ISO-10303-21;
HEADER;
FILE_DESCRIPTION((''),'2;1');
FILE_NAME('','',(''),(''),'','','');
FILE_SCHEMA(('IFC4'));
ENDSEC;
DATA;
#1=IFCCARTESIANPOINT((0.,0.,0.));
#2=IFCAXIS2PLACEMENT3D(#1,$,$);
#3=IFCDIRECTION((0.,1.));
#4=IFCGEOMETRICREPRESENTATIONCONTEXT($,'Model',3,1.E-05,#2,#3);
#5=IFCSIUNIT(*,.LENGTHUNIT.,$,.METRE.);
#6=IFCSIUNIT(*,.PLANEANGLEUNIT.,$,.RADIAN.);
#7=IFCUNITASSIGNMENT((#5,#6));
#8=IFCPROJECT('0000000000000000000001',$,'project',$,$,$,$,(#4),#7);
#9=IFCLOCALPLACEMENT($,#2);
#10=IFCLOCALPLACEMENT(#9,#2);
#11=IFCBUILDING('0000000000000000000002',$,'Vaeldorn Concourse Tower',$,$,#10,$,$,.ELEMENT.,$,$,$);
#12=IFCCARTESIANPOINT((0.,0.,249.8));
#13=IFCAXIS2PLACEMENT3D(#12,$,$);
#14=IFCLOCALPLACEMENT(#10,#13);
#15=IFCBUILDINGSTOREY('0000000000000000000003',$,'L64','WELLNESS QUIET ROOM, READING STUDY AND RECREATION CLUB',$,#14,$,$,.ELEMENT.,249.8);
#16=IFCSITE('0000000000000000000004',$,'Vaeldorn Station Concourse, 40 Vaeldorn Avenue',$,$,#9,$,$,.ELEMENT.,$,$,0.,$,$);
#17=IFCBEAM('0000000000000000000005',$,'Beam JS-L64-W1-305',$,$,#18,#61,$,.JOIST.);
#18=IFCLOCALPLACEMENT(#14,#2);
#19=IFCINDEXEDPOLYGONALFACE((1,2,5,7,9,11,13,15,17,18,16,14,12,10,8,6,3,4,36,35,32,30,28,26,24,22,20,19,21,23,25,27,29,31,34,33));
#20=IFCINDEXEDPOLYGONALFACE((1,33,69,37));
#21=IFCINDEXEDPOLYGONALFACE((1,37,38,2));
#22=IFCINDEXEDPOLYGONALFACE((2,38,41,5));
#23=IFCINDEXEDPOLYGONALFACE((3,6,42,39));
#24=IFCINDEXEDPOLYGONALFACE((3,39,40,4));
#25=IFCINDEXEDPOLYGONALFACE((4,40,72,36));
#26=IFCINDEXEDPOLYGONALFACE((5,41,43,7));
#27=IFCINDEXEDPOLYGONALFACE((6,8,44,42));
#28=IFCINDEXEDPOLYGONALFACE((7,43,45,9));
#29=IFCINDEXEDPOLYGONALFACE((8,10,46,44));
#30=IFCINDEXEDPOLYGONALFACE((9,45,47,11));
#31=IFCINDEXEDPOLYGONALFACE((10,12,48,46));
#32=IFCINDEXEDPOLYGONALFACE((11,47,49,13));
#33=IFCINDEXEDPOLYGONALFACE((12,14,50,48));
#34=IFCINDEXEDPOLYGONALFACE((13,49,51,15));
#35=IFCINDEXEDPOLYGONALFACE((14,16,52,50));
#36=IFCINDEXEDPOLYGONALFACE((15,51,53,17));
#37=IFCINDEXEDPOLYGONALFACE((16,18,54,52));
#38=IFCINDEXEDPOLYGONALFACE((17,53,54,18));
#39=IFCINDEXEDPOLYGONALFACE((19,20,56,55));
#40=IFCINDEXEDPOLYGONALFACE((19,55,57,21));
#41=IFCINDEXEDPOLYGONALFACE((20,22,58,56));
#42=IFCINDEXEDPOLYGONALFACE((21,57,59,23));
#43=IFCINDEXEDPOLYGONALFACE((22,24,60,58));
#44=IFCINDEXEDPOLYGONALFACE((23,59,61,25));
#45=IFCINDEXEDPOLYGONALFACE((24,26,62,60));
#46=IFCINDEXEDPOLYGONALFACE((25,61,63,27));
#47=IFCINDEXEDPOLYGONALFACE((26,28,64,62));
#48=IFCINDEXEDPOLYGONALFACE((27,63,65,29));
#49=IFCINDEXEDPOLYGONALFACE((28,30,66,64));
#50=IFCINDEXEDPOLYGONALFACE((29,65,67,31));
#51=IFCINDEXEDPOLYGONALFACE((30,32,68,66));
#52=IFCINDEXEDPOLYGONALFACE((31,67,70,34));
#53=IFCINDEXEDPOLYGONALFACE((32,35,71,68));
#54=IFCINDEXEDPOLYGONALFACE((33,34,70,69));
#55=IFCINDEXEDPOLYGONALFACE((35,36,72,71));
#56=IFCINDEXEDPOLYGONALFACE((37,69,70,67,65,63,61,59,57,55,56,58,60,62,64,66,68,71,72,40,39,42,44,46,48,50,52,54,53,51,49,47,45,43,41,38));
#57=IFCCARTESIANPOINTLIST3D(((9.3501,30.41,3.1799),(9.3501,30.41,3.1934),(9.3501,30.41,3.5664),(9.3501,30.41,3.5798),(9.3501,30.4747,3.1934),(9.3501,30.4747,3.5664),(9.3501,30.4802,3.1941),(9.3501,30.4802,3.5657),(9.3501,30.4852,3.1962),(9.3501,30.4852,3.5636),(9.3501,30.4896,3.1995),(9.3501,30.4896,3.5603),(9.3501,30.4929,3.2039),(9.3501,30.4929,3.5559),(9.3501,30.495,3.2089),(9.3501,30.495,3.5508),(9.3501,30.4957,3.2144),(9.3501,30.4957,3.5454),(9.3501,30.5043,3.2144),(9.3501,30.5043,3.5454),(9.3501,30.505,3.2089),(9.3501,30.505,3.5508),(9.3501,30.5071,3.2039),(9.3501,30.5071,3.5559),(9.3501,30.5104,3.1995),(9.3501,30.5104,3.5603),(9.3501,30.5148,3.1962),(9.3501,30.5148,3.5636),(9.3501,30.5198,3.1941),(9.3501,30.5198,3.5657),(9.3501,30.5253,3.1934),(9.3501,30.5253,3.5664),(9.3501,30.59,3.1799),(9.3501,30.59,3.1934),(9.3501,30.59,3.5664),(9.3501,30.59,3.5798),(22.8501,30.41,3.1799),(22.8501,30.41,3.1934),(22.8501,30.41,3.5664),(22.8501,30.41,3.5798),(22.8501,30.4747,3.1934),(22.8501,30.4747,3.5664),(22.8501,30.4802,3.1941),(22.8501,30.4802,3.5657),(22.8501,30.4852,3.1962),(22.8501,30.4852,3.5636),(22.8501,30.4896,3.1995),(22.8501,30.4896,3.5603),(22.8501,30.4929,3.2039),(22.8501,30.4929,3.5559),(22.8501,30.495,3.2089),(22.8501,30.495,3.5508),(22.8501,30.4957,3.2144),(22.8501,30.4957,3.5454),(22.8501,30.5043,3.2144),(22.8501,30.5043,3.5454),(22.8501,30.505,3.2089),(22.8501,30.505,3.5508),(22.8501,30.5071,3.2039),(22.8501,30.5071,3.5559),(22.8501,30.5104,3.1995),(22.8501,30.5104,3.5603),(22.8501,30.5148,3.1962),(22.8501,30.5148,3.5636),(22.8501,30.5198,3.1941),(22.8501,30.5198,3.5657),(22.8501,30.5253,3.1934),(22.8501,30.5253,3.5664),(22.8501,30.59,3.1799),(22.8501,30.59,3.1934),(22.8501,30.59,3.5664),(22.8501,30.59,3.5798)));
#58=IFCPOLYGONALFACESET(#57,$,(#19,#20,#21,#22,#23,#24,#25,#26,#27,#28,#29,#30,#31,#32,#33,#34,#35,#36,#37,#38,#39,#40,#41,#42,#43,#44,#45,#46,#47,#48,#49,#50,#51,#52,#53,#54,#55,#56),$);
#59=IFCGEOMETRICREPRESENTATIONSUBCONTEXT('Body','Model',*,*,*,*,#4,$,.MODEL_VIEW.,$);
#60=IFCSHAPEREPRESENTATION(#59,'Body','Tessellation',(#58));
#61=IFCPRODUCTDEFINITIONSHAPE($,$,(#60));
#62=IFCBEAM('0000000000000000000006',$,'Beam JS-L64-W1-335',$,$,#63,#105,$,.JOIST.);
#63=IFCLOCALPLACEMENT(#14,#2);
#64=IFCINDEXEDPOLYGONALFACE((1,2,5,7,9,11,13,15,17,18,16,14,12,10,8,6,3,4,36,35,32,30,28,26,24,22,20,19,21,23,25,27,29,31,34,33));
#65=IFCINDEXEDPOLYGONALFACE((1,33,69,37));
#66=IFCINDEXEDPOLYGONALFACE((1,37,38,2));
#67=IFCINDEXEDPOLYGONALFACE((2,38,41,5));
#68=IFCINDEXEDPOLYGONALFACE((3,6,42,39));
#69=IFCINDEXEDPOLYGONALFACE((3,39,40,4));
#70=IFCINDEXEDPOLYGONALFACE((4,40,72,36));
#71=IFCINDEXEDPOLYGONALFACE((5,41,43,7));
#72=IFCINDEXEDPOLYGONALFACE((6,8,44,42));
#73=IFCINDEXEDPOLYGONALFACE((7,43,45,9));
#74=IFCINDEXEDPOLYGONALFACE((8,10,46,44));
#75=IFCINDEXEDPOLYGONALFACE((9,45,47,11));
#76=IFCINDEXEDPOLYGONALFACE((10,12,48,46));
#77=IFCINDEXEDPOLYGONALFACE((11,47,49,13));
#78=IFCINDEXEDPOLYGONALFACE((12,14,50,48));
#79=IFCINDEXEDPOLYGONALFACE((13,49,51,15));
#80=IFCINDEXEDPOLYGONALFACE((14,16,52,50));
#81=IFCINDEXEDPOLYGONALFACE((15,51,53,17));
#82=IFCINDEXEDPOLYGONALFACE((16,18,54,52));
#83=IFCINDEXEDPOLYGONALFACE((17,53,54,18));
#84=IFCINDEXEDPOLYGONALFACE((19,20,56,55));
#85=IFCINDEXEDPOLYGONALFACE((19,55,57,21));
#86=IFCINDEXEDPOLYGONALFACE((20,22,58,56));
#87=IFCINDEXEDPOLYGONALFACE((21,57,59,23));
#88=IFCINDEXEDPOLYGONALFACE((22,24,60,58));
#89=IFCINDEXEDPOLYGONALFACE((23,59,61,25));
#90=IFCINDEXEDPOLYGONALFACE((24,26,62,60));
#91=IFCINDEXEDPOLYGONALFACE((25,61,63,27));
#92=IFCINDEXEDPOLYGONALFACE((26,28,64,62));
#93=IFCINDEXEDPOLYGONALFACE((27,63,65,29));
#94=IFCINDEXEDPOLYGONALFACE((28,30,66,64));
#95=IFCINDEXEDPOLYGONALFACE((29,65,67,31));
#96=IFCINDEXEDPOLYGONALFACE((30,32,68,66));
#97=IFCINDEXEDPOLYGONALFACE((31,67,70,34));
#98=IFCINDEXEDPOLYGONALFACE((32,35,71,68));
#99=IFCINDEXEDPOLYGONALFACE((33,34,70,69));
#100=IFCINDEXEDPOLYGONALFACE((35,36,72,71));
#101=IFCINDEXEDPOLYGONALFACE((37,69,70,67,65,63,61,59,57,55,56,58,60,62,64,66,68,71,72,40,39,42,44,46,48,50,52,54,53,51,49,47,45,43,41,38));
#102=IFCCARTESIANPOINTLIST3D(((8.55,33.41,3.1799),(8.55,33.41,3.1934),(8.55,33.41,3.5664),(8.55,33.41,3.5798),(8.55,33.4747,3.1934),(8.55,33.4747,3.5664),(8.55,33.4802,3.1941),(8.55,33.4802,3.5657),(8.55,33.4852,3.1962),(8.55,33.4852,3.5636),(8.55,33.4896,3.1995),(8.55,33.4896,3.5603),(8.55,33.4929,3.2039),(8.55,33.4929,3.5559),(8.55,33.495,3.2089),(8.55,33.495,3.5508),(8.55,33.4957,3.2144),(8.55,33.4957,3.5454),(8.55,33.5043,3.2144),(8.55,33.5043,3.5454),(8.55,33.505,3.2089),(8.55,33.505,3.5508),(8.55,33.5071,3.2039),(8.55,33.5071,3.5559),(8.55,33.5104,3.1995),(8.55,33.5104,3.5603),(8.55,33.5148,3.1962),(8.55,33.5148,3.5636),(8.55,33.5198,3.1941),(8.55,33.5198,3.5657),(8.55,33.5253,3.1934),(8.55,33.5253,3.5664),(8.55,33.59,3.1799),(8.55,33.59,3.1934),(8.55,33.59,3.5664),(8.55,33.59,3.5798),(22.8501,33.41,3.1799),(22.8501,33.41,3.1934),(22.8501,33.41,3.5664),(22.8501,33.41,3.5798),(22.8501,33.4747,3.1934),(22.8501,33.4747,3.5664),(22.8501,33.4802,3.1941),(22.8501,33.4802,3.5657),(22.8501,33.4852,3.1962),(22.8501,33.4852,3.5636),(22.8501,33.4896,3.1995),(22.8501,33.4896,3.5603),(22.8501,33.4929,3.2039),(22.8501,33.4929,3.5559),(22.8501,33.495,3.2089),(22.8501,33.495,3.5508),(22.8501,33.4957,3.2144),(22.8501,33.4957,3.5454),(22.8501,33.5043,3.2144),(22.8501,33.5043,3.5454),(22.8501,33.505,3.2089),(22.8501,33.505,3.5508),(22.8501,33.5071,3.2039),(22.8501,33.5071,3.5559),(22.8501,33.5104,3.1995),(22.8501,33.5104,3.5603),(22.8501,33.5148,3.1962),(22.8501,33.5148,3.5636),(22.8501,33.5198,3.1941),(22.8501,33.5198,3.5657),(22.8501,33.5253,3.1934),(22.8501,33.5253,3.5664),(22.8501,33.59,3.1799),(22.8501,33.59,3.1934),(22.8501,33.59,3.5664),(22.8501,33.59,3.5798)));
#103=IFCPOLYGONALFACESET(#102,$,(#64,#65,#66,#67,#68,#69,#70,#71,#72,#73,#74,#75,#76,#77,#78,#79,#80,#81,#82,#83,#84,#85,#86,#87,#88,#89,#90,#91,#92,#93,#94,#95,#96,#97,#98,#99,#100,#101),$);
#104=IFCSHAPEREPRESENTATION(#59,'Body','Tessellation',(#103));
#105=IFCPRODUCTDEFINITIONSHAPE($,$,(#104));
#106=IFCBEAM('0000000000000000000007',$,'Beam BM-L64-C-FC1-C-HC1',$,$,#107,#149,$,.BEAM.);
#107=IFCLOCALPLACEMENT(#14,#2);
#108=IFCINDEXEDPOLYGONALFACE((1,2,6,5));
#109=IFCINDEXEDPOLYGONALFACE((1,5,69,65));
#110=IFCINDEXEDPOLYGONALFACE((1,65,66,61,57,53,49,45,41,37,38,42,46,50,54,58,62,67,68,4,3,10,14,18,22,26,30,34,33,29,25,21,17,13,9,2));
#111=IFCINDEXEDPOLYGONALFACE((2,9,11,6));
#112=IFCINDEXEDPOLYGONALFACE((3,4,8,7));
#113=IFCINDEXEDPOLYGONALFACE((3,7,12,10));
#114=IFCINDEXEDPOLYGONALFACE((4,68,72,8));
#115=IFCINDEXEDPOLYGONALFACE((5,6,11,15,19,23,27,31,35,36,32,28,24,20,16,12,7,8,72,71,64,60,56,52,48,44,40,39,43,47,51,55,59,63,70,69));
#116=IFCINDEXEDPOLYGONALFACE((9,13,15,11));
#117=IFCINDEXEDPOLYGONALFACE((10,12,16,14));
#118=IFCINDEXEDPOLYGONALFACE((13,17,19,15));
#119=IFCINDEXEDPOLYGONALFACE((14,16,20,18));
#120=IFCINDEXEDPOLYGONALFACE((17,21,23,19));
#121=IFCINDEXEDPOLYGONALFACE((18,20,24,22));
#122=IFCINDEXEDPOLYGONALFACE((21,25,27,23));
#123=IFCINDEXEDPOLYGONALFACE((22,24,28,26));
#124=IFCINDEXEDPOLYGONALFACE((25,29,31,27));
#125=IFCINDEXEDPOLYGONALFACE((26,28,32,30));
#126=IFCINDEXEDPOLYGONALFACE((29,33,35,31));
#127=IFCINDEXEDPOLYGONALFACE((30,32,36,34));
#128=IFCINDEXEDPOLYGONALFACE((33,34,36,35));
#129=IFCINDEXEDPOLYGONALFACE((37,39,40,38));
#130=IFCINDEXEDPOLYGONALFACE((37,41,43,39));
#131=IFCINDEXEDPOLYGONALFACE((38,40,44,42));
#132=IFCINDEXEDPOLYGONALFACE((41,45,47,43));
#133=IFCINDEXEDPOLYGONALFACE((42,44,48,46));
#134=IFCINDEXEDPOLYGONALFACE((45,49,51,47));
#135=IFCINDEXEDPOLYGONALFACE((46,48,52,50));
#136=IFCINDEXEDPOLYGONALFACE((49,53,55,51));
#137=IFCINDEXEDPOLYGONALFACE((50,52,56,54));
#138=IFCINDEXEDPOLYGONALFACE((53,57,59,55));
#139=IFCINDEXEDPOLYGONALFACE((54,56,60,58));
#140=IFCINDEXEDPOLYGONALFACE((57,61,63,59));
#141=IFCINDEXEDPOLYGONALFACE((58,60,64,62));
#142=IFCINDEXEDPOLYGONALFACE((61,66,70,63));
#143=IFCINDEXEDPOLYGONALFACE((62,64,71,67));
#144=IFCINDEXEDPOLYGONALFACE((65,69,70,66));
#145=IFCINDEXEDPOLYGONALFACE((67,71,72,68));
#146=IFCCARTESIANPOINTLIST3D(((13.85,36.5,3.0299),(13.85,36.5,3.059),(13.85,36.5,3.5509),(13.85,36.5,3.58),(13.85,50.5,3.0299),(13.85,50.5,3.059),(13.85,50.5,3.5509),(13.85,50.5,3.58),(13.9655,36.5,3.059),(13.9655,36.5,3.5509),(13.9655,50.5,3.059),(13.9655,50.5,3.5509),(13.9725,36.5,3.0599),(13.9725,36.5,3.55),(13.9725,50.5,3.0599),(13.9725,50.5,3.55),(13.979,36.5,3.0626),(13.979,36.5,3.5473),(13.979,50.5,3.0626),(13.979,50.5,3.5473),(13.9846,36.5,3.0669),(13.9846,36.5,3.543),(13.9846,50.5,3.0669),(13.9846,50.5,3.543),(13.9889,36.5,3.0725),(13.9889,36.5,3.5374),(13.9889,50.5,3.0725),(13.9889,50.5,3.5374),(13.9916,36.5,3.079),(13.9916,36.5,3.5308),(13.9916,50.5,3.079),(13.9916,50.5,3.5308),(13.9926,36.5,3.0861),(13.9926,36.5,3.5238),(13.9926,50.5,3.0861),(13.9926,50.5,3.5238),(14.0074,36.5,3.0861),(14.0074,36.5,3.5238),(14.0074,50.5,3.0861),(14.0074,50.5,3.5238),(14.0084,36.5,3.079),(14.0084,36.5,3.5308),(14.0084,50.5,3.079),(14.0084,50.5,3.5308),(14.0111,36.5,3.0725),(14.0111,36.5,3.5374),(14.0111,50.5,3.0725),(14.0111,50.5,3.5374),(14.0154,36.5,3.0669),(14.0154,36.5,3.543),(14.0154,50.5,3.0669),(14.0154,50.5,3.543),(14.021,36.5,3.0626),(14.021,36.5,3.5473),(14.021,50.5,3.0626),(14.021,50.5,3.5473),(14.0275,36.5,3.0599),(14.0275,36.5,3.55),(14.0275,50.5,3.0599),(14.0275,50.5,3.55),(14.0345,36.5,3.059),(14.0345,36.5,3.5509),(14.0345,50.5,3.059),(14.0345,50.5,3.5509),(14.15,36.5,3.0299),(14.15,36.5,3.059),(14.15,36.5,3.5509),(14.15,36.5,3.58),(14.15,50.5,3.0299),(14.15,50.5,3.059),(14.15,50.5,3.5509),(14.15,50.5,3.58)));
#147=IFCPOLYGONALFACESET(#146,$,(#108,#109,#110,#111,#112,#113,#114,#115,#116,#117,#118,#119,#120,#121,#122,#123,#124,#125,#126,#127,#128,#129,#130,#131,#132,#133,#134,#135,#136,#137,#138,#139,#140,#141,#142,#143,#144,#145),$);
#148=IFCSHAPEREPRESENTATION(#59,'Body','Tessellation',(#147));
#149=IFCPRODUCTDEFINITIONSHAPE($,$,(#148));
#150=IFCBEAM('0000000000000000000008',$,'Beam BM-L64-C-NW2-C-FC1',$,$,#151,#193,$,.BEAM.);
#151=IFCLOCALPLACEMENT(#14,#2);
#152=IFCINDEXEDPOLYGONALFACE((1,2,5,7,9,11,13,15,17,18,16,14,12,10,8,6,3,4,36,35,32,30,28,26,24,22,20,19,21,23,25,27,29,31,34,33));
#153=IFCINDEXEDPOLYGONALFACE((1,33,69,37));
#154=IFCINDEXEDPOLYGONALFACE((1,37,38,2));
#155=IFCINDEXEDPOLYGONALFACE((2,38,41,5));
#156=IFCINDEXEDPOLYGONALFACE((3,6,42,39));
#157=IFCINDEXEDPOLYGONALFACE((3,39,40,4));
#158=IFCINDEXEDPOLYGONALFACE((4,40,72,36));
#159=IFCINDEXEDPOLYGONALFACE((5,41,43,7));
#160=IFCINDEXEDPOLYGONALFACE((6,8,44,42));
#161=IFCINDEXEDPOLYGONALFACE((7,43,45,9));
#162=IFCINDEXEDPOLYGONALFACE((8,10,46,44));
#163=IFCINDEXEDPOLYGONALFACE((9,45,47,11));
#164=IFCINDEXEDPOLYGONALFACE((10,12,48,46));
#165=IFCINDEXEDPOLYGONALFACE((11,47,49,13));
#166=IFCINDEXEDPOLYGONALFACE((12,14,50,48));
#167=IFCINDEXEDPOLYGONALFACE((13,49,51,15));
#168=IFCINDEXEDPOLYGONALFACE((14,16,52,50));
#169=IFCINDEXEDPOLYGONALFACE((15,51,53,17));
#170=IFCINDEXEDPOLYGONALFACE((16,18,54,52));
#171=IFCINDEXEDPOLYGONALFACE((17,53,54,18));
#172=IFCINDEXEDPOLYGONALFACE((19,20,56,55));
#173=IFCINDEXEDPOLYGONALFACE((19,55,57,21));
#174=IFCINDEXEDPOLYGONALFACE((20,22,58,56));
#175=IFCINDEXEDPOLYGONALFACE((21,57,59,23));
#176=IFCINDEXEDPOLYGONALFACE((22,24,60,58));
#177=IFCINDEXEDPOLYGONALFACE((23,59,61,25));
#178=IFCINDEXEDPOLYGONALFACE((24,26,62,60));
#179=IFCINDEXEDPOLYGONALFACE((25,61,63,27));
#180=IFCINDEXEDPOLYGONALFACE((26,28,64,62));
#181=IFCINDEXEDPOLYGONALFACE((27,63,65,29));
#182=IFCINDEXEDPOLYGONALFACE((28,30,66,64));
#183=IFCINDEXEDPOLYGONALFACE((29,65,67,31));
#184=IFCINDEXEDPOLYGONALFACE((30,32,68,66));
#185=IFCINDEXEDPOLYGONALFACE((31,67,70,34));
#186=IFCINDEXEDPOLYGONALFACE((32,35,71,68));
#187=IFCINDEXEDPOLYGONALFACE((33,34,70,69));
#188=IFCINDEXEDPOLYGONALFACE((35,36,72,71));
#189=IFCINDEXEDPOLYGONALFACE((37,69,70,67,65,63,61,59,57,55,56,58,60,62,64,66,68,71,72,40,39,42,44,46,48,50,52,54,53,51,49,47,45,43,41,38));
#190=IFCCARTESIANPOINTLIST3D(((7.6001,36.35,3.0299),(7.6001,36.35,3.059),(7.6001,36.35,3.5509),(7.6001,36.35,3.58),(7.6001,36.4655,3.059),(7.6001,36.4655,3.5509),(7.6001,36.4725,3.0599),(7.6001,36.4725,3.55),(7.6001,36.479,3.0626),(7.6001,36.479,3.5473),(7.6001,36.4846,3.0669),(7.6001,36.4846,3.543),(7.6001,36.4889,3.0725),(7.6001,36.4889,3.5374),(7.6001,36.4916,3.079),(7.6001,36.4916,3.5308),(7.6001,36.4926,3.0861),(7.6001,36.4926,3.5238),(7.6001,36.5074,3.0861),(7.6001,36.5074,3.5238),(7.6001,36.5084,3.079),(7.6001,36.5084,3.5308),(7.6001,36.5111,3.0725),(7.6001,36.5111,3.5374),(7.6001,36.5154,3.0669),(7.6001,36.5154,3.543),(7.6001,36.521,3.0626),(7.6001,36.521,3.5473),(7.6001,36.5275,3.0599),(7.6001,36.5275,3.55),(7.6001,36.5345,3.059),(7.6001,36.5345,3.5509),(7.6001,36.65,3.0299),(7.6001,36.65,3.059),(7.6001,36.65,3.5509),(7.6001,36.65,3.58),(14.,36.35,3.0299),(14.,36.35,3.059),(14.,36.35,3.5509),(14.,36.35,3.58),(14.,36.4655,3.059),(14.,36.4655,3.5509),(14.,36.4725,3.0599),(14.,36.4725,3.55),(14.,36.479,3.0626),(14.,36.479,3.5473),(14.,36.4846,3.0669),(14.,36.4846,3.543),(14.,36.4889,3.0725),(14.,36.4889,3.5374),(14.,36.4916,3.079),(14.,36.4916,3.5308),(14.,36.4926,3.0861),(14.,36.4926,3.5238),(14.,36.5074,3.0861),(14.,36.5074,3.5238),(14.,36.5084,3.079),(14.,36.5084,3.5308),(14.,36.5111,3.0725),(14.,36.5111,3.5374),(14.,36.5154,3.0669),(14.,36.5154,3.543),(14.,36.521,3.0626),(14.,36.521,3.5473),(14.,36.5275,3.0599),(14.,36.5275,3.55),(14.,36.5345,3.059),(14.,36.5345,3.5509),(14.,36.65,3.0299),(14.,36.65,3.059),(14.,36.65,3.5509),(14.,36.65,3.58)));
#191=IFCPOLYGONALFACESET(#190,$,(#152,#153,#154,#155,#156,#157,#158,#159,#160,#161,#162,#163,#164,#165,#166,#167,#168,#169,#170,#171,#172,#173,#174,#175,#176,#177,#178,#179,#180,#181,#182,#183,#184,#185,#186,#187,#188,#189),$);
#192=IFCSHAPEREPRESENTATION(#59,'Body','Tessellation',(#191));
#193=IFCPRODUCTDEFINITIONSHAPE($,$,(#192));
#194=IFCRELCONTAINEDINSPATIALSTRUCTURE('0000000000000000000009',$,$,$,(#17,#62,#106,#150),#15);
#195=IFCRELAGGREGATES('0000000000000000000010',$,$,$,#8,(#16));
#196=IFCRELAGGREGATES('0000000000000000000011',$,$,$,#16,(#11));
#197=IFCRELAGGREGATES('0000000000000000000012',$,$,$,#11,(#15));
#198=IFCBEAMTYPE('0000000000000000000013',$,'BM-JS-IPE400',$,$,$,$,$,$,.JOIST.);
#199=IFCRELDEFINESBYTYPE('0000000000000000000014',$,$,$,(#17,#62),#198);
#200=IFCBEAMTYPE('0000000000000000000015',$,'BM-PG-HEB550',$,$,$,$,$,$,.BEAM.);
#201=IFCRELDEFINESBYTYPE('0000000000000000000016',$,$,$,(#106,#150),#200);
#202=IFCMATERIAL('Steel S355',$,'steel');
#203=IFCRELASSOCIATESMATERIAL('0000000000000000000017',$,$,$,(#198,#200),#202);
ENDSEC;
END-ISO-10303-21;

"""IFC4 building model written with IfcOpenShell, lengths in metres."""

from ifc_helpers import new_model, si_unit, direction, frame, origin, origin_2d, place, context, subcontext, project, spatial, i_section, extrude, source, transform, mapped, material, material_profile, profile_set, type_object, element, save


model = new_model("IFC4")

# Units and contexts
model_context = context("Model", 3, precision=1e-05, world=origin(), true_north=direction((0.0, 1.0)))
body_context = subcontext(model_context, "Body", "Model", "MODEL_VIEW")
ifc_project = project(units=[si_unit("LENGTHUNIT", "METRE"), si_unit("PLANEANGLEUNIT", "RADIAN")], contexts=[model_context])

# Site, building, storey
site_placement = place(None, origin())
site = spatial("IfcSite", under=ifc_project, at=site_placement, Name="Vaeldorn Station Concourse, 40 Vaeldorn Avenue", CompositionType="ELEMENT", RefElevation=0.0)
building_placement = place(site_placement, origin())
building = spatial("IfcBuilding", under=site, at=building_placement, Name="Vaeldorn Concourse Tower", CompositionType="ELEMENT")
storey_placement = place(building_placement, frame((0.0, 0.0, 249.8)))
storey = spatial("IfcBuildingStorey", under=building, at=storey_placement, Name="L64", Description="WELLNESS QUIET ROOM, READING STUDY AND RECREATION CLUB", CompositionType="ELEMENT", Elevation=249.8)

# Shared definitions
ifc_material_1 = material(Name="Steel S355", Category="steel")

# Beams
ifc_material_profile_1 = material_profile(ifc_material_1, i_section(OverallWidth=0.1799, OverallDepth=0.3999, WebThickness=0.0085, FlangeThickness=0.0134, FilletRadius=0.021, at=origin_2d()), Name="IPE 400")
ifc_profile_set_1 = profile_set([ifc_material_profile_1], Name="Steel S355")
beam_type_1 = type_object("IfcBeamType", Name="BM-JS-IPE400", PredefinedType="JOIST", material=ifc_profile_set_1)
shared_shape_1 = source(origin(), body_context, "Body", "SweptSolid", [
    extrude(i_section(OverallWidth=0.1799, OverallDepth=0.3999, WebThickness=0.0085, FlangeThickness=0.0134, FilletRadius=0.021, at=origin_2d()), origin(), (0.0, 0.0, 1.0), 13.5),
])
beam_1_placement = place(storey_placement, frame((9.3501, 30.5, 3.3799), z_axis=(1.0, 0.0, 0.0), x_axis=(0.0, 1.0, 0.0)))
element("IfcBeam", 1, at=beam_1_placement, inside=storey, type_object=beam_type_1, Name="Beam JS-L64-W1-305", PredefinedType="JOIST", context=body_context, shape_type="MappedRepresentation", body=[
    mapped(shared_shape_1, transform((0.0, 0.0, 0.0), scale=1.0)),
])
shared_shape_2 = source(origin(), body_context, "Body", "SweptSolid", [
    extrude(i_section(OverallWidth=0.1799, OverallDepth=0.3999, WebThickness=0.0085, FlangeThickness=0.0134, FilletRadius=0.021, at=origin_2d()), origin(), (0.0, 0.0, 1.0), 14.3),
])
beam_2_placement = place(storey_placement, frame((8.55, 33.5, 3.3799), z_axis=(1.0, 0.0, 0.0), x_axis=(0.0, 1.0, 0.0)))
element("IfcBeam", 2, at=beam_2_placement, inside=storey, type_object=beam_type_1, Name="Beam JS-L64-W1-335", PredefinedType="JOIST", context=body_context, shape_type="MappedRepresentation", body=[
    mapped(shared_shape_2, transform((0.0, 0.0, 0.0), scale=1.0)),
])
ifc_material_profile_2 = material_profile(ifc_material_1, i_section(OverallWidth=0.3, OverallDepth=0.55, WebThickness=0.0149, FlangeThickness=0.0291, FilletRadius=0.0271, at=origin_2d()), Name="HEB 550")
ifc_profile_set_2 = profile_set([ifc_material_profile_2], Name="Steel S355")
beam_type_2 = type_object("IfcBeamType", Name="BM-PG-HEB550", PredefinedType="BEAM", material=ifc_profile_set_2)
shared_shape_3 = source(origin(), body_context, "Body", "SweptSolid", [
    extrude(i_section(OverallWidth=0.3, OverallDepth=0.55, WebThickness=0.0149, FlangeThickness=0.0291, FilletRadius=0.0271, at=origin_2d()), origin(), (0.0, 0.0, 1.0), 14.0),
])
beam_3_placement = place(storey_placement, frame((14.0, 36.5, 3.3049), z_axis=(0.0, 1.0, 0.0), x_axis=(-1.0, 0.0, 0.0)))
element("IfcBeam", 3, at=beam_3_placement, inside=storey, type_object=beam_type_2, Name="Beam BM-L64-C-FC1-C-HC1", PredefinedType="BEAM", context=body_context, shape_type="MappedRepresentation", body=[
    mapped(shared_shape_3, transform((0.0, 0.0, 0.0), scale=1.0)),
])
shared_shape_4 = source(origin(), body_context, "Body", "SweptSolid", [
    extrude(i_section(OverallWidth=0.3, OverallDepth=0.55, WebThickness=0.0149, FlangeThickness=0.0291, FilletRadius=0.0271, at=origin_2d()), origin(), (0.0, 0.0, 1.0), 6.3999),
])
beam_4_placement = place(storey_placement, frame((7.6001, 36.5, 3.3049), z_axis=(1.0, 0.0, 0.0), x_axis=(0.0, 1.0, 0.0)))
element("IfcBeam", 4, at=beam_4_placement, inside=storey, type_object=beam_type_2, Name="Beam BM-L64-C-NW2-C-FC1", PredefinedType="BEAM", context=body_context, shape_type="MappedRepresentation", body=[
    mapped(shared_shape_4, transform((0.0, 0.0, 0.0), scale=1.0)),
])

save(model, "model.ifc")
